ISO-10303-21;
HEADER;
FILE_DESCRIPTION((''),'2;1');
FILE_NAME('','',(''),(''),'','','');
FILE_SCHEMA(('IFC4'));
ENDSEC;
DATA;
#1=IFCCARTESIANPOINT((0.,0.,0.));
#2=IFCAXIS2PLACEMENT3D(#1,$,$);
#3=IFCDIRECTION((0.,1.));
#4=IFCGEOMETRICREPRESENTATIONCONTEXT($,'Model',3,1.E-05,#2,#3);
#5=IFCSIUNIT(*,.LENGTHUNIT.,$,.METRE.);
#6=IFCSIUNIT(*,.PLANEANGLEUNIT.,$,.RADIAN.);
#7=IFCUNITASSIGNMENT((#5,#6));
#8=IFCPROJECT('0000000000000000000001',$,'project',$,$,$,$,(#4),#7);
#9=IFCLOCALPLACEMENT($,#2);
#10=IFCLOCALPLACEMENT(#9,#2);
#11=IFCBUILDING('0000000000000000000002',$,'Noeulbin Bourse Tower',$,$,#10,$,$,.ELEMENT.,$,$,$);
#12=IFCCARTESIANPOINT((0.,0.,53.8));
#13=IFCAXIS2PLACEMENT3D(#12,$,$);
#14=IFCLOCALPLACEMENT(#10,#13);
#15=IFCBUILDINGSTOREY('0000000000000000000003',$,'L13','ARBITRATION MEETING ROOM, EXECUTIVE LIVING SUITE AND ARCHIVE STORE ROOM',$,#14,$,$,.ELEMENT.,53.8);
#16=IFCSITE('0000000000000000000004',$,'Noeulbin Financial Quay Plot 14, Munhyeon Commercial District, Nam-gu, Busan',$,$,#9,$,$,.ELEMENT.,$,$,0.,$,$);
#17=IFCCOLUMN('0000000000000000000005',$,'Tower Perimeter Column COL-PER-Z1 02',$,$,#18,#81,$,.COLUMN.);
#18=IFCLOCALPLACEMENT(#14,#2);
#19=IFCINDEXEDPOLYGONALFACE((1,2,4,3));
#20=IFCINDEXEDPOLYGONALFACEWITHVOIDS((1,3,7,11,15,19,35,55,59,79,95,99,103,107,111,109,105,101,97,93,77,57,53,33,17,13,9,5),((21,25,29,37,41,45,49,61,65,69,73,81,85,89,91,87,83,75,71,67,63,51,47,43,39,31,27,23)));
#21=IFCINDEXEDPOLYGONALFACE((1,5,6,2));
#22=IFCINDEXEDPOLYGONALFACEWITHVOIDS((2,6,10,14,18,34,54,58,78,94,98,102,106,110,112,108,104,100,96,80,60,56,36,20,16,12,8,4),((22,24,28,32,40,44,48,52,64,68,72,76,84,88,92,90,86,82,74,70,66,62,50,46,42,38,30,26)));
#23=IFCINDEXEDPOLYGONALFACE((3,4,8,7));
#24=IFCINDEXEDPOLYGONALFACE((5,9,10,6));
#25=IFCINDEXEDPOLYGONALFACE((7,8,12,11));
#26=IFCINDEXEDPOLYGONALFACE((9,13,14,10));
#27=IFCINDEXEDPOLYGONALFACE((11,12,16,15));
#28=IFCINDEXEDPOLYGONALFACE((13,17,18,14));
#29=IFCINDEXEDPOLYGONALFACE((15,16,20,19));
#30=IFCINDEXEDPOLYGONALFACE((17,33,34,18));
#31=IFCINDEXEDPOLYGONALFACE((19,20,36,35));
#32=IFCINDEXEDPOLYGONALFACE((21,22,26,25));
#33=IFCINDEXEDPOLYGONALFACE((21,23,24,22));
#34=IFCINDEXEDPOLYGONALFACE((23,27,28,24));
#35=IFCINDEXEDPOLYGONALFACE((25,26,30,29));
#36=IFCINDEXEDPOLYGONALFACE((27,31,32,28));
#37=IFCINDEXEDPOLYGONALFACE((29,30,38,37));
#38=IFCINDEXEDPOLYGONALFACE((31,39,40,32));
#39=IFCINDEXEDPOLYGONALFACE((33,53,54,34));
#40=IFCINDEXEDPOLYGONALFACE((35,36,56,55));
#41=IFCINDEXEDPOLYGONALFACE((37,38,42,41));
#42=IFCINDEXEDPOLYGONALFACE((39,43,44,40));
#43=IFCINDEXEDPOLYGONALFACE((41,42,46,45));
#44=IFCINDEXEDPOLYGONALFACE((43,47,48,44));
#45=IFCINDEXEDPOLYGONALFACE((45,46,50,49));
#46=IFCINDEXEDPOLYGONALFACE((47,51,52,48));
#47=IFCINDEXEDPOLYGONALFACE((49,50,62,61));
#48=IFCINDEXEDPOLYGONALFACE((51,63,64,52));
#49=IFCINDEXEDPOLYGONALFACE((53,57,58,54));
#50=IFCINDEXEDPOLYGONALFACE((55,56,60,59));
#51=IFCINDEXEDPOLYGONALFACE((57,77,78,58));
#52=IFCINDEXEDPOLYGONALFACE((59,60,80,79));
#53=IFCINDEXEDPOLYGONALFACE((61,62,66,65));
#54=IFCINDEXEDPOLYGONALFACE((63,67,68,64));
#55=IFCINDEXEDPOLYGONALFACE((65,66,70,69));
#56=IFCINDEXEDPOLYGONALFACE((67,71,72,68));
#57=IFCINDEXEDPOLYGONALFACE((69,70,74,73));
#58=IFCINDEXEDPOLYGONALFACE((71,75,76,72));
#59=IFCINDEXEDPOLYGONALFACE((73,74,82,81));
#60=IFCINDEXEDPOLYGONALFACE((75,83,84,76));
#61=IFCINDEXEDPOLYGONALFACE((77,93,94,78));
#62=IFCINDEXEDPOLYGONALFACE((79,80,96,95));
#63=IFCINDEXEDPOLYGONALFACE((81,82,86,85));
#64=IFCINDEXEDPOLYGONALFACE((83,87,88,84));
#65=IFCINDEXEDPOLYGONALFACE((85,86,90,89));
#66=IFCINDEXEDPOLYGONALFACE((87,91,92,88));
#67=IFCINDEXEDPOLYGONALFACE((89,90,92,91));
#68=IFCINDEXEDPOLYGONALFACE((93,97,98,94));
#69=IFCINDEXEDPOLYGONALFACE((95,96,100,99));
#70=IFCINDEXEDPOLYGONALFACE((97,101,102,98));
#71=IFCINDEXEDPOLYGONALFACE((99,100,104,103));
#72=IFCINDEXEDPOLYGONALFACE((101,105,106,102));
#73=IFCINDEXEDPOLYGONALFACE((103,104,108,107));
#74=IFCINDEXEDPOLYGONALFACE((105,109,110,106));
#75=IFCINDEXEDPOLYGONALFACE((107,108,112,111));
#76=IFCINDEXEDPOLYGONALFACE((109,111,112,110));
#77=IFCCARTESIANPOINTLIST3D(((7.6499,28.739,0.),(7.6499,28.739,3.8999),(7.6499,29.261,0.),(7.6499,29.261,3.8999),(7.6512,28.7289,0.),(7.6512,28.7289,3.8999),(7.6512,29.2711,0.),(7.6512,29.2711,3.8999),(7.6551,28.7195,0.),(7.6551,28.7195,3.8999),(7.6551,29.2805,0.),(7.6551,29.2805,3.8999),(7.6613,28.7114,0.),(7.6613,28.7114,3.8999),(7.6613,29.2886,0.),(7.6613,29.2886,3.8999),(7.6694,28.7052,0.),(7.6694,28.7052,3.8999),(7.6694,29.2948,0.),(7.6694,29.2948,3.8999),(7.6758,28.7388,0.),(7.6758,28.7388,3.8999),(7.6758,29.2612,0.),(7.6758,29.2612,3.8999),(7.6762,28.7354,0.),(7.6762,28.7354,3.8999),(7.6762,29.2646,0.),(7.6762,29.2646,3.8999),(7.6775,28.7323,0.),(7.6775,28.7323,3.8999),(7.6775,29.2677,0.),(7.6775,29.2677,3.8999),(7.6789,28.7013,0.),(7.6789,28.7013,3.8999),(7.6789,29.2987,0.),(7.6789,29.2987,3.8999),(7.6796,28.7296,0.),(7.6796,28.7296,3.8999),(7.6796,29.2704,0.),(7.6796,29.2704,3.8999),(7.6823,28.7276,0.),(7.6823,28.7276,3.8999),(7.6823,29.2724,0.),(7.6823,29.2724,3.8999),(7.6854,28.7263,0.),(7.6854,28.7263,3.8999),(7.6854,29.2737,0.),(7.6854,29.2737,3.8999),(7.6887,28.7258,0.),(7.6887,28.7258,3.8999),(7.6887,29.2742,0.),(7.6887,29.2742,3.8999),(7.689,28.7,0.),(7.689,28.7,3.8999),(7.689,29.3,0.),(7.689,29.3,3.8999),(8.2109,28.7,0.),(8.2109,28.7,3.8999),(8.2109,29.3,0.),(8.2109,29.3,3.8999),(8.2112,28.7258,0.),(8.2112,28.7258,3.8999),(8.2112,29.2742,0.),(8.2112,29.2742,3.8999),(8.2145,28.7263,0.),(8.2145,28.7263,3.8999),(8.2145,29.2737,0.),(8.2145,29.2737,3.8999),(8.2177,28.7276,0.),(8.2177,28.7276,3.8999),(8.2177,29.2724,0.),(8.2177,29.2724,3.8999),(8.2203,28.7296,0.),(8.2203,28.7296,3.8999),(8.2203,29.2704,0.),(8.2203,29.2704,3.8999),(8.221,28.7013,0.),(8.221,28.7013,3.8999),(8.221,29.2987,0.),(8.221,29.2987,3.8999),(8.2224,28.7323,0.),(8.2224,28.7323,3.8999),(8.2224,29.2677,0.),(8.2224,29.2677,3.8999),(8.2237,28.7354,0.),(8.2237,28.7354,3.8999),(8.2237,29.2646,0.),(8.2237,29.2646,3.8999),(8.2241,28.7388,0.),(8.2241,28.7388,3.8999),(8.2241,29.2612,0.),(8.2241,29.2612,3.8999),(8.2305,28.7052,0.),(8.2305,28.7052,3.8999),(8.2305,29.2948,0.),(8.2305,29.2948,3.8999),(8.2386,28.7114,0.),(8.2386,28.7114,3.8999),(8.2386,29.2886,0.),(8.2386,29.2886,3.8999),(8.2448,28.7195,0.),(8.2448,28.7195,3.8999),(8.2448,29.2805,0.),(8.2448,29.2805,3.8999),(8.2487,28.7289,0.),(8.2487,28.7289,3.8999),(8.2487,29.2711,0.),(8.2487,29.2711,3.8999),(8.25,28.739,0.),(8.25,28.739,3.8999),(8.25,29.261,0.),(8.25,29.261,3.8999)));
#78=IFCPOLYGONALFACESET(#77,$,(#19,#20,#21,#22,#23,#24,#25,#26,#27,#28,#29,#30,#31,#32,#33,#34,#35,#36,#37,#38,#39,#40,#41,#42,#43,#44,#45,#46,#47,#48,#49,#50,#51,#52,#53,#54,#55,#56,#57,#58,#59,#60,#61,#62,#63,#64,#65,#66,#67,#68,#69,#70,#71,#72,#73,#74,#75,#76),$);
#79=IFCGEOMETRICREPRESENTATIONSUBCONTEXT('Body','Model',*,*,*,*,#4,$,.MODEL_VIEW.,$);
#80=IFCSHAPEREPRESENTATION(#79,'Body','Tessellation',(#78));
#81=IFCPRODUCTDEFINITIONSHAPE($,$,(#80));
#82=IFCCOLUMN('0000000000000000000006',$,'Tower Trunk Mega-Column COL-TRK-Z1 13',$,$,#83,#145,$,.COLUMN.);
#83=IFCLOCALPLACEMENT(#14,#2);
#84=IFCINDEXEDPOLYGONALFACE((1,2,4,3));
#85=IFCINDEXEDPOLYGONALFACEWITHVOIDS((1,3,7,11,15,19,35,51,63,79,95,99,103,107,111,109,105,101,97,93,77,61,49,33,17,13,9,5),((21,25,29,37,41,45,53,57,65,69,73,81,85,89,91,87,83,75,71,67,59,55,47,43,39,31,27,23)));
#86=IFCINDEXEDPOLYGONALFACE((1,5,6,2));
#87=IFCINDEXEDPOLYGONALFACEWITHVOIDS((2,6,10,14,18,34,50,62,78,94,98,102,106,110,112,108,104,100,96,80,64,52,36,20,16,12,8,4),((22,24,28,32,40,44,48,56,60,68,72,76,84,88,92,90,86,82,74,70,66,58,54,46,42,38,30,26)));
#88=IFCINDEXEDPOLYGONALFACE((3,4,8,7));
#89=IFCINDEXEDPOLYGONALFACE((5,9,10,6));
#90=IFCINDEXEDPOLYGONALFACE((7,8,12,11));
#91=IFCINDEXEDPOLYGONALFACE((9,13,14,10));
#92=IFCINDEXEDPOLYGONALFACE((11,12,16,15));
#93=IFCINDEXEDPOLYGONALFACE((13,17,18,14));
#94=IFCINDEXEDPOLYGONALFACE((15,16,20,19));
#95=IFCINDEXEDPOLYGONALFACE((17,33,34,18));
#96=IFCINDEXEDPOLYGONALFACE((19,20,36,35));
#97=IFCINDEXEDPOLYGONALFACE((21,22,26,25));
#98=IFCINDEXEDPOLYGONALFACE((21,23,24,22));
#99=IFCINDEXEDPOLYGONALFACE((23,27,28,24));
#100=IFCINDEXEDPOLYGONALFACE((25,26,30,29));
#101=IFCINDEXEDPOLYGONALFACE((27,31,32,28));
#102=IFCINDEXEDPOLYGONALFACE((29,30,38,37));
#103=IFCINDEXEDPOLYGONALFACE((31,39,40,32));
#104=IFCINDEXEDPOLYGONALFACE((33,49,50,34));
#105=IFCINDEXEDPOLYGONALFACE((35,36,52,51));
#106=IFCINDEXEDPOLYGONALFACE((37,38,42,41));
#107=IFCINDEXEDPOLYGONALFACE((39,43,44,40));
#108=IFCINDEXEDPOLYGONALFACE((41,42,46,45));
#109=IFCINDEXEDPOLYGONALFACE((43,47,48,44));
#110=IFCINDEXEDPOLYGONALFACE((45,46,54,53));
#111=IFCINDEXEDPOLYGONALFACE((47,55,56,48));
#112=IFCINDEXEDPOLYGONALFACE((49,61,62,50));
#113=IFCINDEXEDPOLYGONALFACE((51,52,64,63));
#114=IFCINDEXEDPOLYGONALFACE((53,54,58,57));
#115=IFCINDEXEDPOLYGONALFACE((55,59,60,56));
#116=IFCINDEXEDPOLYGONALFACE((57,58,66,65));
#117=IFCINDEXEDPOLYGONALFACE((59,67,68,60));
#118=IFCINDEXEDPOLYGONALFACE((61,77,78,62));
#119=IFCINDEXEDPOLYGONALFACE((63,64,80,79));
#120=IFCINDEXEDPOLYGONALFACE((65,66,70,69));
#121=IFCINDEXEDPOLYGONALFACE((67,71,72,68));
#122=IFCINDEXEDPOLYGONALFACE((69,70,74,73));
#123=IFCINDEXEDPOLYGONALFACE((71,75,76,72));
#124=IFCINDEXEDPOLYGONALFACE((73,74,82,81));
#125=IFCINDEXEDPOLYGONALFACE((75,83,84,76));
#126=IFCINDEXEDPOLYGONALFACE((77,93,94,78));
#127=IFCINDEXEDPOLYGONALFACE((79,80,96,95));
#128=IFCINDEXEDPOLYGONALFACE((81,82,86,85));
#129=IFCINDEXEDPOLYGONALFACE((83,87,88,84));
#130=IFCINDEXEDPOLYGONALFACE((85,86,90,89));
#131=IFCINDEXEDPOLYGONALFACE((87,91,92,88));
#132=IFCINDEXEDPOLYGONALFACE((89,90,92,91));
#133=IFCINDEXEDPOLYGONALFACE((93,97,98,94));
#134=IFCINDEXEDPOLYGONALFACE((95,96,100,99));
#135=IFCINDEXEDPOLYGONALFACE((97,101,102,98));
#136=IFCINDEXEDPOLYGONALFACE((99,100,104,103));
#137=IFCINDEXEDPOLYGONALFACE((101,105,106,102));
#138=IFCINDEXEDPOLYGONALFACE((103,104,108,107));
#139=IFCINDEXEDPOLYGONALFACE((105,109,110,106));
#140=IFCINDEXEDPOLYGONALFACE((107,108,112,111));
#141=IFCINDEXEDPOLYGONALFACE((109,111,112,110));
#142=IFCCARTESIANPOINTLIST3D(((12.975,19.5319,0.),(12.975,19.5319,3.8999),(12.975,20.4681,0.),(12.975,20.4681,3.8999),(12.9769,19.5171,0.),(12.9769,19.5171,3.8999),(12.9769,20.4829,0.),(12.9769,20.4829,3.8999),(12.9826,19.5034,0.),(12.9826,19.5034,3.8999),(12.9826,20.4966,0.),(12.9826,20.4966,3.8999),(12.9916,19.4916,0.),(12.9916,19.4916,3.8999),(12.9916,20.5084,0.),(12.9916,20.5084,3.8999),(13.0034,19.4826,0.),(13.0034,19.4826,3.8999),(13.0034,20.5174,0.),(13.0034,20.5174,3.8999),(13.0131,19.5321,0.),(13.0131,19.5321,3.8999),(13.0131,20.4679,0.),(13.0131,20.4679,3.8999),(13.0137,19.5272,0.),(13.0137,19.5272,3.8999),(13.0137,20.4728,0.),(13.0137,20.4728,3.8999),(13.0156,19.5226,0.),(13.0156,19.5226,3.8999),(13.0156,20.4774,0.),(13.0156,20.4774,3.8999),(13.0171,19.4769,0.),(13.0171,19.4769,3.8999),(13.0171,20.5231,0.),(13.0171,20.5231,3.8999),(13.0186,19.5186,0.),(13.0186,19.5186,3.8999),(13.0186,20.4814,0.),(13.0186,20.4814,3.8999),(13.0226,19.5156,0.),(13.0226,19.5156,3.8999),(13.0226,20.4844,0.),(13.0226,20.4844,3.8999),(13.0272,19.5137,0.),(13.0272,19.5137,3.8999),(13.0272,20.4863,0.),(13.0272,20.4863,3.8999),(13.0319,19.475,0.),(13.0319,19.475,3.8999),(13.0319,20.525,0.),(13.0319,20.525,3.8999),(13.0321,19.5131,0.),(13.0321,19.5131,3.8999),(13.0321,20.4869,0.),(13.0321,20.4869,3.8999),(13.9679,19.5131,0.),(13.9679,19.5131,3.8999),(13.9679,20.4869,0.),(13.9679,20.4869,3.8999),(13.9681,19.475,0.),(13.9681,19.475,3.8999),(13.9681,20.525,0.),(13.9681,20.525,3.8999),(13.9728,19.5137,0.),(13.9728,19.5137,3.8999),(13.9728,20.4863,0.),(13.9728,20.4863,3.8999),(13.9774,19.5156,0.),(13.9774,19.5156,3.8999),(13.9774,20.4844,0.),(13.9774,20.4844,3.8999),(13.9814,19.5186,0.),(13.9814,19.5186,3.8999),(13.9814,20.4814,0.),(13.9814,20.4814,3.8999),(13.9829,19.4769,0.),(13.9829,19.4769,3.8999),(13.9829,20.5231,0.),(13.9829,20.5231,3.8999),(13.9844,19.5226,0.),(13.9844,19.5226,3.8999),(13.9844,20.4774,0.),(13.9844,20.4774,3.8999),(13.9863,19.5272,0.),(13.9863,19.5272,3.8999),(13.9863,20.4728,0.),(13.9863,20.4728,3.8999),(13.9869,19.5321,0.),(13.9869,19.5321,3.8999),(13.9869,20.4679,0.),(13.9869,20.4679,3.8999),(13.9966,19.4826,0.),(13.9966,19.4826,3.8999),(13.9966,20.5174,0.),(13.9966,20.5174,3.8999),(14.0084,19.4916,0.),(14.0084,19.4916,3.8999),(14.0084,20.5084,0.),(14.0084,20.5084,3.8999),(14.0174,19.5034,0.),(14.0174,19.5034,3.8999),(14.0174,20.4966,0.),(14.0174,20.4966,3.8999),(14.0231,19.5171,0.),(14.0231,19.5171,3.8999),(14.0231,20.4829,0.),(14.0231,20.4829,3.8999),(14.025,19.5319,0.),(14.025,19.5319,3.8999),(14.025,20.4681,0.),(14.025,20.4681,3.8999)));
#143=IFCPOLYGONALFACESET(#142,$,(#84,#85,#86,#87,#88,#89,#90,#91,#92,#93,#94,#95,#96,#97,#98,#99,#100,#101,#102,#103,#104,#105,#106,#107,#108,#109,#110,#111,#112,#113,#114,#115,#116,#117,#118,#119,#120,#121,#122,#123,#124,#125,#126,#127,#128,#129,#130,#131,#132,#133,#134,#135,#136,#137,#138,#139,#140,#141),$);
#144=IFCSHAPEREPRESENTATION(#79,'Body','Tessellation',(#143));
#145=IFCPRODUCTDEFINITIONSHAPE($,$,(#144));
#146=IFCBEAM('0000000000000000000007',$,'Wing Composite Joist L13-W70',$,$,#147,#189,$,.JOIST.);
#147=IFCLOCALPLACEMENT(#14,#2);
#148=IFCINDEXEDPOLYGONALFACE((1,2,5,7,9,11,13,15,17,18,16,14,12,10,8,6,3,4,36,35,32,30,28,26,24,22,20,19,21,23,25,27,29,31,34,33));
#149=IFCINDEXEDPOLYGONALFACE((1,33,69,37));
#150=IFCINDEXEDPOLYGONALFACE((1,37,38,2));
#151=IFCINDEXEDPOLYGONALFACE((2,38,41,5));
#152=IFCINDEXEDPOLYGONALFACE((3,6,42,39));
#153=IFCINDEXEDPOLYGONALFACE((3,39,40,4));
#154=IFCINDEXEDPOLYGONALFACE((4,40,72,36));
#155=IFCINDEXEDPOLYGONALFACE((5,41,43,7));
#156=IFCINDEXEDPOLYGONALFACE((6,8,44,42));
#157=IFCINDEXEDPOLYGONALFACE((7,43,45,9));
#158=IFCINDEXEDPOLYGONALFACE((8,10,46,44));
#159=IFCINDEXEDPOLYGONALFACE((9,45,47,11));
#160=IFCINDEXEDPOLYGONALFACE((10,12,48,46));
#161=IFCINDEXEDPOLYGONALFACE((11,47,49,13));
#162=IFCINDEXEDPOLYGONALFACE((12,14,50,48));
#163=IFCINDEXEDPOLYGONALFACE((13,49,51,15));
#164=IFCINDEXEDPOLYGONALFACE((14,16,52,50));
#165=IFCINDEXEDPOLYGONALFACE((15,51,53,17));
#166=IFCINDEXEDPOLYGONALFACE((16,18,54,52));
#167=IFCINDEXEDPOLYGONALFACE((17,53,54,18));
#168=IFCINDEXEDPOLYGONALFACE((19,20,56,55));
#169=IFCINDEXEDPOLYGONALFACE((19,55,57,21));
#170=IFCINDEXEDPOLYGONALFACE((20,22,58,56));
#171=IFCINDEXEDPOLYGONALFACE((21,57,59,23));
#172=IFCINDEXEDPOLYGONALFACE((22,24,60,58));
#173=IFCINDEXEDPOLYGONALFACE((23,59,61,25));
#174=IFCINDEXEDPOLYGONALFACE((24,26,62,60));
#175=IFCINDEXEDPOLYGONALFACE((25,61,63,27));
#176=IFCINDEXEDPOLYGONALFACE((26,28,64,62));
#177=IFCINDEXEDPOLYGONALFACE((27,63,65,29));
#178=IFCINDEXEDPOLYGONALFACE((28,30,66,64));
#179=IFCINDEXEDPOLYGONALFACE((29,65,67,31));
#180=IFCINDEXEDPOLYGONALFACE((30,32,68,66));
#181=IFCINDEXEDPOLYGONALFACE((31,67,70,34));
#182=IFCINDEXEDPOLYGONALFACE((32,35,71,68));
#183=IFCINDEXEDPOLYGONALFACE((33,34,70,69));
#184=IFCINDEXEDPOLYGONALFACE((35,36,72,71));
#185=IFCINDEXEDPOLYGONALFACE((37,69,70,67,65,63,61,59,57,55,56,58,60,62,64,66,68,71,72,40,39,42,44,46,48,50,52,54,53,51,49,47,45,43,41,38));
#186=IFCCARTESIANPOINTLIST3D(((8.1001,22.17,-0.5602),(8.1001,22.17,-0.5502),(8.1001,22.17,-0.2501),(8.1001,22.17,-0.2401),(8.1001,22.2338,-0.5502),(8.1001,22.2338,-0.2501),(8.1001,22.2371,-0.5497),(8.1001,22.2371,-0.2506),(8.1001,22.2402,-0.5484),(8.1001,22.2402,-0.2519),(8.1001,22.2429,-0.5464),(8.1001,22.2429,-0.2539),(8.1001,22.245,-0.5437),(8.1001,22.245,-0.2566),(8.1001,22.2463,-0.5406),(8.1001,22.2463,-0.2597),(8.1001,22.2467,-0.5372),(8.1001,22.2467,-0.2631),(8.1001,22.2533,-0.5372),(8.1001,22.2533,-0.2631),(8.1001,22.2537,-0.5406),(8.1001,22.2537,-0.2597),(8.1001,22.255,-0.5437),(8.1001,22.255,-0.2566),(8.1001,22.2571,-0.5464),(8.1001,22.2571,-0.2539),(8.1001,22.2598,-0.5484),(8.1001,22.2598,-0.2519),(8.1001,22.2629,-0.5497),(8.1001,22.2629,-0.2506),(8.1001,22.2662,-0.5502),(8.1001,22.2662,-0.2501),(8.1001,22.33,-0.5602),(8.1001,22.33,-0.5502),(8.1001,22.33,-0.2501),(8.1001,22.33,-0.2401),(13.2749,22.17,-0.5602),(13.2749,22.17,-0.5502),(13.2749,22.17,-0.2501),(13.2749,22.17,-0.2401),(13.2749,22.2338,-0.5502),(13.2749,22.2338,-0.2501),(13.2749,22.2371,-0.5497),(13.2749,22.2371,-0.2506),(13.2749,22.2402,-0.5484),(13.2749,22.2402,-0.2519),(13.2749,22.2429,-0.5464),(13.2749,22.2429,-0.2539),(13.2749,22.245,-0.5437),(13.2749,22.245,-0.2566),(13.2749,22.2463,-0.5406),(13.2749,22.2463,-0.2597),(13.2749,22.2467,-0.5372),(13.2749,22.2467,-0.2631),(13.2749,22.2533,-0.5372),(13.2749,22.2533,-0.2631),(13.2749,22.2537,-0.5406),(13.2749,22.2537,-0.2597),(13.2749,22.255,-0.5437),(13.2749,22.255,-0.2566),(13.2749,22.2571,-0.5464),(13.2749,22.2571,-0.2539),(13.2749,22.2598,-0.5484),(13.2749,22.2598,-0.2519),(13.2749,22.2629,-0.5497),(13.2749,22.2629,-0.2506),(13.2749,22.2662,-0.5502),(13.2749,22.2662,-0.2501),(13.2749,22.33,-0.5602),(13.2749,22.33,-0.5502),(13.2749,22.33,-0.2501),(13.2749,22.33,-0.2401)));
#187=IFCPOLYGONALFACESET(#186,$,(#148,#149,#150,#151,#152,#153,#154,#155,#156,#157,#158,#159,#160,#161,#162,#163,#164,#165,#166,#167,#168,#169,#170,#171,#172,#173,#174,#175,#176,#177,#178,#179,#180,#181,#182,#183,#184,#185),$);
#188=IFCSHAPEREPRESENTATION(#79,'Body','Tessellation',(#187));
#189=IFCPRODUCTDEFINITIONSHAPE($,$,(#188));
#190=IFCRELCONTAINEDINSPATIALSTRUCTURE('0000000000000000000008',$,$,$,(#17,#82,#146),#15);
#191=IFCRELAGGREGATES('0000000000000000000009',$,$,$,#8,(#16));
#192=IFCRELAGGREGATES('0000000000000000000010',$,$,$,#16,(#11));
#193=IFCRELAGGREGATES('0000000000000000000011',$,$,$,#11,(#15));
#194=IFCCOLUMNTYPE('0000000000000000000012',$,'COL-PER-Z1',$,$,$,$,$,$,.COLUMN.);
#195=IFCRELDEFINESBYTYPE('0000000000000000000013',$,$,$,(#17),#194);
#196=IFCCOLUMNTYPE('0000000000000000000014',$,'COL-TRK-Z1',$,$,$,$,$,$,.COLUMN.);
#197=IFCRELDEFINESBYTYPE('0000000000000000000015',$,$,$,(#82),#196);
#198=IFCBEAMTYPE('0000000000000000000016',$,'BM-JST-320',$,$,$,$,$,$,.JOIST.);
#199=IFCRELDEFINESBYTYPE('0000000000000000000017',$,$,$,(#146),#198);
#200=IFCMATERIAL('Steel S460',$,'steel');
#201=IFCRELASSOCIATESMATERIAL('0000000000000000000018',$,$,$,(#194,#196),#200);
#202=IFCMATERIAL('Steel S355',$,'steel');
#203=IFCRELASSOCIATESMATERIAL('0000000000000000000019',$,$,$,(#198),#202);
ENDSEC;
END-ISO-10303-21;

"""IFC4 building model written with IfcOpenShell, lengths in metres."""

from ifc_helpers import new_model, si_unit, direction, frame, origin, origin_2d, place, context, subcontext, project, spatial, hollow_rectangle, i_section, extrude, material, material_profile, profile_set, type_object, element, save


model = new_model("IFC4")

# Units and contexts
model_context = context("Model", 3, precision=1e-05, world=origin(), true_north=direction((0.0, 1.0)))
body_context = subcontext(model_context, "Body", "Model", "MODEL_VIEW")
ifc_project = project(units=[si_unit("LENGTHUNIT", "METRE"), si_unit("PLANEANGLEUNIT", "RADIAN")], contexts=[model_context])

# Site, building, storey
site_placement = place(None, origin())
site = spatial("IfcSite", under=ifc_project, at=site_placement, Name="Noeulbin Financial Quay Plot 14, Munhyeon Commercial District, Nam-gu, Busan", CompositionType="ELEMENT", RefElevation=0.0)
building_placement = place(site_placement, origin())
building = spatial("IfcBuilding", under=site, at=building_placement, Name="Noeulbin Bourse Tower", CompositionType="ELEMENT")
storey_placement = place(building_placement, frame((0.0, 0.0, 53.8)))
storey = spatial("IfcBuildingStorey", under=building, at=storey_placement, Name="L13", Description="ARBITRATION MEETING ROOM, EXECUTIVE LIVING SUITE AND ARCHIVE STORE ROOM", CompositionType="ELEMENT", Elevation=53.8)

# Columns
ifc_material_1 = material(Name="Steel S460", Category="steel")
ifc_material_profile_1 = material_profile(ifc_material_1, hollow_rectangle(XDim=0.6001, YDim=0.6001, WallThickness=0.0259, InnerFilletRadius=0.0129, OuterFilletRadius=0.0391, at=origin_2d()), Name="BOX-600x600x26", Category="LoadBearing")
ifc_profile_set_1 = profile_set([ifc_material_profile_1], Name="Steel S460")
column_type_1 = type_object("IfcColumnType", Name="COL-PER-Z1", PredefinedType="COLUMN", material=ifc_profile_set_1)
column_1_placement = place(storey_placement, frame((7.95, 29.0, 0.0), z_axis=(0.0, 0.0, 1.0), x_axis=(1.0, 0.0, 0.0)))
element("IfcColumn", 1, at=column_1_placement, inside=storey, type_object=column_type_1, Name="Tower Perimeter Column COL-PER-Z1 02", PredefinedType="COLUMN", context=body_context, shape_type="SweptSolid", body=[
    extrude(hollow_rectangle(XDim=0.6001, YDim=0.6001, WallThickness=0.0259, InnerFilletRadius=0.0129, OuterFilletRadius=0.0391, at=origin_2d()), origin(), (0.0, 0.0, 1.0), 3.8999),
])
ifc_material_profile_2 = material_profile(ifc_material_1, hollow_rectangle(XDim=1.05, YDim=1.05, WallThickness=0.0381, InnerFilletRadius=0.019, OuterFilletRadius=0.0569, at=origin_2d()), Name="BOX-1050x1050x38", Category="LoadBearing")
ifc_profile_set_2 = profile_set([ifc_material_profile_2], Name="Steel S460")
column_type_2 = type_object("IfcColumnType", Name="COL-TRK-Z1", PredefinedType="COLUMN", material=ifc_profile_set_2)
column_2_placement = place(storey_placement, frame((13.5, 20.0, 0.0), z_axis=(0.0, 0.0, 1.0), x_axis=(1.0, 0.0, 0.0)))
element("IfcColumn", 2, at=column_2_placement, inside=storey, type_object=column_type_2, Name="Tower Trunk Mega-Column COL-TRK-Z1 13", PredefinedType="COLUMN", context=body_context, shape_type="SweptSolid", body=[
    extrude(hollow_rectangle(XDim=1.05, YDim=1.05, WallThickness=0.0381, InnerFilletRadius=0.019, OuterFilletRadius=0.0569, at=origin_2d()), origin(), (0.0, 0.0, 1.0), 3.8999),
])

# Beam
ifc_material_2 = material(Name="Steel S355", Category="steel")
ifc_material_profile_3 = material_profile(ifc_material_2, i_section(OverallWidth=0.1599, OverallDepth=0.3201, WebThickness=0.0066, FlangeThickness=0.01, FilletRadius=0.0129, at=origin_2d()), Name="H-320x160x6.5x10", Category="LoadBearing")
ifc_profile_set_3 = profile_set([ifc_material_profile_3], Name="Steel S355")
beam_type_1 = type_object("IfcBeamType", Name="BM-JST-320", PredefinedType="JOIST", material=ifc_profile_set_3)
for number, where, z_axis, x_axis, name in (
    (3, (8.1001, 22.25, -0.4001), (1.0, 0.0, 0.0), (0.0, 1.0, 0.0), "Wing Composite Joist L13-W70"),
):
    element("IfcBeam", number, at=place(storey_placement, frame(where, z_axis=z_axis, x_axis=x_axis)), inside=storey, type_object=beam_type_1, Name=name, PredefinedType="JOIST", context=body_context, shape_type="SweptSolid", body=[
        extrude(i_section(OverallWidth=0.1599, OverallDepth=0.3201, WebThickness=0.0066, FlangeThickness=0.01, FilletRadius=0.0129, at=origin_2d()), origin(), (0.0, 0.0, 1.0), 5.1748),
    ])

save(model, "model.ifc")
